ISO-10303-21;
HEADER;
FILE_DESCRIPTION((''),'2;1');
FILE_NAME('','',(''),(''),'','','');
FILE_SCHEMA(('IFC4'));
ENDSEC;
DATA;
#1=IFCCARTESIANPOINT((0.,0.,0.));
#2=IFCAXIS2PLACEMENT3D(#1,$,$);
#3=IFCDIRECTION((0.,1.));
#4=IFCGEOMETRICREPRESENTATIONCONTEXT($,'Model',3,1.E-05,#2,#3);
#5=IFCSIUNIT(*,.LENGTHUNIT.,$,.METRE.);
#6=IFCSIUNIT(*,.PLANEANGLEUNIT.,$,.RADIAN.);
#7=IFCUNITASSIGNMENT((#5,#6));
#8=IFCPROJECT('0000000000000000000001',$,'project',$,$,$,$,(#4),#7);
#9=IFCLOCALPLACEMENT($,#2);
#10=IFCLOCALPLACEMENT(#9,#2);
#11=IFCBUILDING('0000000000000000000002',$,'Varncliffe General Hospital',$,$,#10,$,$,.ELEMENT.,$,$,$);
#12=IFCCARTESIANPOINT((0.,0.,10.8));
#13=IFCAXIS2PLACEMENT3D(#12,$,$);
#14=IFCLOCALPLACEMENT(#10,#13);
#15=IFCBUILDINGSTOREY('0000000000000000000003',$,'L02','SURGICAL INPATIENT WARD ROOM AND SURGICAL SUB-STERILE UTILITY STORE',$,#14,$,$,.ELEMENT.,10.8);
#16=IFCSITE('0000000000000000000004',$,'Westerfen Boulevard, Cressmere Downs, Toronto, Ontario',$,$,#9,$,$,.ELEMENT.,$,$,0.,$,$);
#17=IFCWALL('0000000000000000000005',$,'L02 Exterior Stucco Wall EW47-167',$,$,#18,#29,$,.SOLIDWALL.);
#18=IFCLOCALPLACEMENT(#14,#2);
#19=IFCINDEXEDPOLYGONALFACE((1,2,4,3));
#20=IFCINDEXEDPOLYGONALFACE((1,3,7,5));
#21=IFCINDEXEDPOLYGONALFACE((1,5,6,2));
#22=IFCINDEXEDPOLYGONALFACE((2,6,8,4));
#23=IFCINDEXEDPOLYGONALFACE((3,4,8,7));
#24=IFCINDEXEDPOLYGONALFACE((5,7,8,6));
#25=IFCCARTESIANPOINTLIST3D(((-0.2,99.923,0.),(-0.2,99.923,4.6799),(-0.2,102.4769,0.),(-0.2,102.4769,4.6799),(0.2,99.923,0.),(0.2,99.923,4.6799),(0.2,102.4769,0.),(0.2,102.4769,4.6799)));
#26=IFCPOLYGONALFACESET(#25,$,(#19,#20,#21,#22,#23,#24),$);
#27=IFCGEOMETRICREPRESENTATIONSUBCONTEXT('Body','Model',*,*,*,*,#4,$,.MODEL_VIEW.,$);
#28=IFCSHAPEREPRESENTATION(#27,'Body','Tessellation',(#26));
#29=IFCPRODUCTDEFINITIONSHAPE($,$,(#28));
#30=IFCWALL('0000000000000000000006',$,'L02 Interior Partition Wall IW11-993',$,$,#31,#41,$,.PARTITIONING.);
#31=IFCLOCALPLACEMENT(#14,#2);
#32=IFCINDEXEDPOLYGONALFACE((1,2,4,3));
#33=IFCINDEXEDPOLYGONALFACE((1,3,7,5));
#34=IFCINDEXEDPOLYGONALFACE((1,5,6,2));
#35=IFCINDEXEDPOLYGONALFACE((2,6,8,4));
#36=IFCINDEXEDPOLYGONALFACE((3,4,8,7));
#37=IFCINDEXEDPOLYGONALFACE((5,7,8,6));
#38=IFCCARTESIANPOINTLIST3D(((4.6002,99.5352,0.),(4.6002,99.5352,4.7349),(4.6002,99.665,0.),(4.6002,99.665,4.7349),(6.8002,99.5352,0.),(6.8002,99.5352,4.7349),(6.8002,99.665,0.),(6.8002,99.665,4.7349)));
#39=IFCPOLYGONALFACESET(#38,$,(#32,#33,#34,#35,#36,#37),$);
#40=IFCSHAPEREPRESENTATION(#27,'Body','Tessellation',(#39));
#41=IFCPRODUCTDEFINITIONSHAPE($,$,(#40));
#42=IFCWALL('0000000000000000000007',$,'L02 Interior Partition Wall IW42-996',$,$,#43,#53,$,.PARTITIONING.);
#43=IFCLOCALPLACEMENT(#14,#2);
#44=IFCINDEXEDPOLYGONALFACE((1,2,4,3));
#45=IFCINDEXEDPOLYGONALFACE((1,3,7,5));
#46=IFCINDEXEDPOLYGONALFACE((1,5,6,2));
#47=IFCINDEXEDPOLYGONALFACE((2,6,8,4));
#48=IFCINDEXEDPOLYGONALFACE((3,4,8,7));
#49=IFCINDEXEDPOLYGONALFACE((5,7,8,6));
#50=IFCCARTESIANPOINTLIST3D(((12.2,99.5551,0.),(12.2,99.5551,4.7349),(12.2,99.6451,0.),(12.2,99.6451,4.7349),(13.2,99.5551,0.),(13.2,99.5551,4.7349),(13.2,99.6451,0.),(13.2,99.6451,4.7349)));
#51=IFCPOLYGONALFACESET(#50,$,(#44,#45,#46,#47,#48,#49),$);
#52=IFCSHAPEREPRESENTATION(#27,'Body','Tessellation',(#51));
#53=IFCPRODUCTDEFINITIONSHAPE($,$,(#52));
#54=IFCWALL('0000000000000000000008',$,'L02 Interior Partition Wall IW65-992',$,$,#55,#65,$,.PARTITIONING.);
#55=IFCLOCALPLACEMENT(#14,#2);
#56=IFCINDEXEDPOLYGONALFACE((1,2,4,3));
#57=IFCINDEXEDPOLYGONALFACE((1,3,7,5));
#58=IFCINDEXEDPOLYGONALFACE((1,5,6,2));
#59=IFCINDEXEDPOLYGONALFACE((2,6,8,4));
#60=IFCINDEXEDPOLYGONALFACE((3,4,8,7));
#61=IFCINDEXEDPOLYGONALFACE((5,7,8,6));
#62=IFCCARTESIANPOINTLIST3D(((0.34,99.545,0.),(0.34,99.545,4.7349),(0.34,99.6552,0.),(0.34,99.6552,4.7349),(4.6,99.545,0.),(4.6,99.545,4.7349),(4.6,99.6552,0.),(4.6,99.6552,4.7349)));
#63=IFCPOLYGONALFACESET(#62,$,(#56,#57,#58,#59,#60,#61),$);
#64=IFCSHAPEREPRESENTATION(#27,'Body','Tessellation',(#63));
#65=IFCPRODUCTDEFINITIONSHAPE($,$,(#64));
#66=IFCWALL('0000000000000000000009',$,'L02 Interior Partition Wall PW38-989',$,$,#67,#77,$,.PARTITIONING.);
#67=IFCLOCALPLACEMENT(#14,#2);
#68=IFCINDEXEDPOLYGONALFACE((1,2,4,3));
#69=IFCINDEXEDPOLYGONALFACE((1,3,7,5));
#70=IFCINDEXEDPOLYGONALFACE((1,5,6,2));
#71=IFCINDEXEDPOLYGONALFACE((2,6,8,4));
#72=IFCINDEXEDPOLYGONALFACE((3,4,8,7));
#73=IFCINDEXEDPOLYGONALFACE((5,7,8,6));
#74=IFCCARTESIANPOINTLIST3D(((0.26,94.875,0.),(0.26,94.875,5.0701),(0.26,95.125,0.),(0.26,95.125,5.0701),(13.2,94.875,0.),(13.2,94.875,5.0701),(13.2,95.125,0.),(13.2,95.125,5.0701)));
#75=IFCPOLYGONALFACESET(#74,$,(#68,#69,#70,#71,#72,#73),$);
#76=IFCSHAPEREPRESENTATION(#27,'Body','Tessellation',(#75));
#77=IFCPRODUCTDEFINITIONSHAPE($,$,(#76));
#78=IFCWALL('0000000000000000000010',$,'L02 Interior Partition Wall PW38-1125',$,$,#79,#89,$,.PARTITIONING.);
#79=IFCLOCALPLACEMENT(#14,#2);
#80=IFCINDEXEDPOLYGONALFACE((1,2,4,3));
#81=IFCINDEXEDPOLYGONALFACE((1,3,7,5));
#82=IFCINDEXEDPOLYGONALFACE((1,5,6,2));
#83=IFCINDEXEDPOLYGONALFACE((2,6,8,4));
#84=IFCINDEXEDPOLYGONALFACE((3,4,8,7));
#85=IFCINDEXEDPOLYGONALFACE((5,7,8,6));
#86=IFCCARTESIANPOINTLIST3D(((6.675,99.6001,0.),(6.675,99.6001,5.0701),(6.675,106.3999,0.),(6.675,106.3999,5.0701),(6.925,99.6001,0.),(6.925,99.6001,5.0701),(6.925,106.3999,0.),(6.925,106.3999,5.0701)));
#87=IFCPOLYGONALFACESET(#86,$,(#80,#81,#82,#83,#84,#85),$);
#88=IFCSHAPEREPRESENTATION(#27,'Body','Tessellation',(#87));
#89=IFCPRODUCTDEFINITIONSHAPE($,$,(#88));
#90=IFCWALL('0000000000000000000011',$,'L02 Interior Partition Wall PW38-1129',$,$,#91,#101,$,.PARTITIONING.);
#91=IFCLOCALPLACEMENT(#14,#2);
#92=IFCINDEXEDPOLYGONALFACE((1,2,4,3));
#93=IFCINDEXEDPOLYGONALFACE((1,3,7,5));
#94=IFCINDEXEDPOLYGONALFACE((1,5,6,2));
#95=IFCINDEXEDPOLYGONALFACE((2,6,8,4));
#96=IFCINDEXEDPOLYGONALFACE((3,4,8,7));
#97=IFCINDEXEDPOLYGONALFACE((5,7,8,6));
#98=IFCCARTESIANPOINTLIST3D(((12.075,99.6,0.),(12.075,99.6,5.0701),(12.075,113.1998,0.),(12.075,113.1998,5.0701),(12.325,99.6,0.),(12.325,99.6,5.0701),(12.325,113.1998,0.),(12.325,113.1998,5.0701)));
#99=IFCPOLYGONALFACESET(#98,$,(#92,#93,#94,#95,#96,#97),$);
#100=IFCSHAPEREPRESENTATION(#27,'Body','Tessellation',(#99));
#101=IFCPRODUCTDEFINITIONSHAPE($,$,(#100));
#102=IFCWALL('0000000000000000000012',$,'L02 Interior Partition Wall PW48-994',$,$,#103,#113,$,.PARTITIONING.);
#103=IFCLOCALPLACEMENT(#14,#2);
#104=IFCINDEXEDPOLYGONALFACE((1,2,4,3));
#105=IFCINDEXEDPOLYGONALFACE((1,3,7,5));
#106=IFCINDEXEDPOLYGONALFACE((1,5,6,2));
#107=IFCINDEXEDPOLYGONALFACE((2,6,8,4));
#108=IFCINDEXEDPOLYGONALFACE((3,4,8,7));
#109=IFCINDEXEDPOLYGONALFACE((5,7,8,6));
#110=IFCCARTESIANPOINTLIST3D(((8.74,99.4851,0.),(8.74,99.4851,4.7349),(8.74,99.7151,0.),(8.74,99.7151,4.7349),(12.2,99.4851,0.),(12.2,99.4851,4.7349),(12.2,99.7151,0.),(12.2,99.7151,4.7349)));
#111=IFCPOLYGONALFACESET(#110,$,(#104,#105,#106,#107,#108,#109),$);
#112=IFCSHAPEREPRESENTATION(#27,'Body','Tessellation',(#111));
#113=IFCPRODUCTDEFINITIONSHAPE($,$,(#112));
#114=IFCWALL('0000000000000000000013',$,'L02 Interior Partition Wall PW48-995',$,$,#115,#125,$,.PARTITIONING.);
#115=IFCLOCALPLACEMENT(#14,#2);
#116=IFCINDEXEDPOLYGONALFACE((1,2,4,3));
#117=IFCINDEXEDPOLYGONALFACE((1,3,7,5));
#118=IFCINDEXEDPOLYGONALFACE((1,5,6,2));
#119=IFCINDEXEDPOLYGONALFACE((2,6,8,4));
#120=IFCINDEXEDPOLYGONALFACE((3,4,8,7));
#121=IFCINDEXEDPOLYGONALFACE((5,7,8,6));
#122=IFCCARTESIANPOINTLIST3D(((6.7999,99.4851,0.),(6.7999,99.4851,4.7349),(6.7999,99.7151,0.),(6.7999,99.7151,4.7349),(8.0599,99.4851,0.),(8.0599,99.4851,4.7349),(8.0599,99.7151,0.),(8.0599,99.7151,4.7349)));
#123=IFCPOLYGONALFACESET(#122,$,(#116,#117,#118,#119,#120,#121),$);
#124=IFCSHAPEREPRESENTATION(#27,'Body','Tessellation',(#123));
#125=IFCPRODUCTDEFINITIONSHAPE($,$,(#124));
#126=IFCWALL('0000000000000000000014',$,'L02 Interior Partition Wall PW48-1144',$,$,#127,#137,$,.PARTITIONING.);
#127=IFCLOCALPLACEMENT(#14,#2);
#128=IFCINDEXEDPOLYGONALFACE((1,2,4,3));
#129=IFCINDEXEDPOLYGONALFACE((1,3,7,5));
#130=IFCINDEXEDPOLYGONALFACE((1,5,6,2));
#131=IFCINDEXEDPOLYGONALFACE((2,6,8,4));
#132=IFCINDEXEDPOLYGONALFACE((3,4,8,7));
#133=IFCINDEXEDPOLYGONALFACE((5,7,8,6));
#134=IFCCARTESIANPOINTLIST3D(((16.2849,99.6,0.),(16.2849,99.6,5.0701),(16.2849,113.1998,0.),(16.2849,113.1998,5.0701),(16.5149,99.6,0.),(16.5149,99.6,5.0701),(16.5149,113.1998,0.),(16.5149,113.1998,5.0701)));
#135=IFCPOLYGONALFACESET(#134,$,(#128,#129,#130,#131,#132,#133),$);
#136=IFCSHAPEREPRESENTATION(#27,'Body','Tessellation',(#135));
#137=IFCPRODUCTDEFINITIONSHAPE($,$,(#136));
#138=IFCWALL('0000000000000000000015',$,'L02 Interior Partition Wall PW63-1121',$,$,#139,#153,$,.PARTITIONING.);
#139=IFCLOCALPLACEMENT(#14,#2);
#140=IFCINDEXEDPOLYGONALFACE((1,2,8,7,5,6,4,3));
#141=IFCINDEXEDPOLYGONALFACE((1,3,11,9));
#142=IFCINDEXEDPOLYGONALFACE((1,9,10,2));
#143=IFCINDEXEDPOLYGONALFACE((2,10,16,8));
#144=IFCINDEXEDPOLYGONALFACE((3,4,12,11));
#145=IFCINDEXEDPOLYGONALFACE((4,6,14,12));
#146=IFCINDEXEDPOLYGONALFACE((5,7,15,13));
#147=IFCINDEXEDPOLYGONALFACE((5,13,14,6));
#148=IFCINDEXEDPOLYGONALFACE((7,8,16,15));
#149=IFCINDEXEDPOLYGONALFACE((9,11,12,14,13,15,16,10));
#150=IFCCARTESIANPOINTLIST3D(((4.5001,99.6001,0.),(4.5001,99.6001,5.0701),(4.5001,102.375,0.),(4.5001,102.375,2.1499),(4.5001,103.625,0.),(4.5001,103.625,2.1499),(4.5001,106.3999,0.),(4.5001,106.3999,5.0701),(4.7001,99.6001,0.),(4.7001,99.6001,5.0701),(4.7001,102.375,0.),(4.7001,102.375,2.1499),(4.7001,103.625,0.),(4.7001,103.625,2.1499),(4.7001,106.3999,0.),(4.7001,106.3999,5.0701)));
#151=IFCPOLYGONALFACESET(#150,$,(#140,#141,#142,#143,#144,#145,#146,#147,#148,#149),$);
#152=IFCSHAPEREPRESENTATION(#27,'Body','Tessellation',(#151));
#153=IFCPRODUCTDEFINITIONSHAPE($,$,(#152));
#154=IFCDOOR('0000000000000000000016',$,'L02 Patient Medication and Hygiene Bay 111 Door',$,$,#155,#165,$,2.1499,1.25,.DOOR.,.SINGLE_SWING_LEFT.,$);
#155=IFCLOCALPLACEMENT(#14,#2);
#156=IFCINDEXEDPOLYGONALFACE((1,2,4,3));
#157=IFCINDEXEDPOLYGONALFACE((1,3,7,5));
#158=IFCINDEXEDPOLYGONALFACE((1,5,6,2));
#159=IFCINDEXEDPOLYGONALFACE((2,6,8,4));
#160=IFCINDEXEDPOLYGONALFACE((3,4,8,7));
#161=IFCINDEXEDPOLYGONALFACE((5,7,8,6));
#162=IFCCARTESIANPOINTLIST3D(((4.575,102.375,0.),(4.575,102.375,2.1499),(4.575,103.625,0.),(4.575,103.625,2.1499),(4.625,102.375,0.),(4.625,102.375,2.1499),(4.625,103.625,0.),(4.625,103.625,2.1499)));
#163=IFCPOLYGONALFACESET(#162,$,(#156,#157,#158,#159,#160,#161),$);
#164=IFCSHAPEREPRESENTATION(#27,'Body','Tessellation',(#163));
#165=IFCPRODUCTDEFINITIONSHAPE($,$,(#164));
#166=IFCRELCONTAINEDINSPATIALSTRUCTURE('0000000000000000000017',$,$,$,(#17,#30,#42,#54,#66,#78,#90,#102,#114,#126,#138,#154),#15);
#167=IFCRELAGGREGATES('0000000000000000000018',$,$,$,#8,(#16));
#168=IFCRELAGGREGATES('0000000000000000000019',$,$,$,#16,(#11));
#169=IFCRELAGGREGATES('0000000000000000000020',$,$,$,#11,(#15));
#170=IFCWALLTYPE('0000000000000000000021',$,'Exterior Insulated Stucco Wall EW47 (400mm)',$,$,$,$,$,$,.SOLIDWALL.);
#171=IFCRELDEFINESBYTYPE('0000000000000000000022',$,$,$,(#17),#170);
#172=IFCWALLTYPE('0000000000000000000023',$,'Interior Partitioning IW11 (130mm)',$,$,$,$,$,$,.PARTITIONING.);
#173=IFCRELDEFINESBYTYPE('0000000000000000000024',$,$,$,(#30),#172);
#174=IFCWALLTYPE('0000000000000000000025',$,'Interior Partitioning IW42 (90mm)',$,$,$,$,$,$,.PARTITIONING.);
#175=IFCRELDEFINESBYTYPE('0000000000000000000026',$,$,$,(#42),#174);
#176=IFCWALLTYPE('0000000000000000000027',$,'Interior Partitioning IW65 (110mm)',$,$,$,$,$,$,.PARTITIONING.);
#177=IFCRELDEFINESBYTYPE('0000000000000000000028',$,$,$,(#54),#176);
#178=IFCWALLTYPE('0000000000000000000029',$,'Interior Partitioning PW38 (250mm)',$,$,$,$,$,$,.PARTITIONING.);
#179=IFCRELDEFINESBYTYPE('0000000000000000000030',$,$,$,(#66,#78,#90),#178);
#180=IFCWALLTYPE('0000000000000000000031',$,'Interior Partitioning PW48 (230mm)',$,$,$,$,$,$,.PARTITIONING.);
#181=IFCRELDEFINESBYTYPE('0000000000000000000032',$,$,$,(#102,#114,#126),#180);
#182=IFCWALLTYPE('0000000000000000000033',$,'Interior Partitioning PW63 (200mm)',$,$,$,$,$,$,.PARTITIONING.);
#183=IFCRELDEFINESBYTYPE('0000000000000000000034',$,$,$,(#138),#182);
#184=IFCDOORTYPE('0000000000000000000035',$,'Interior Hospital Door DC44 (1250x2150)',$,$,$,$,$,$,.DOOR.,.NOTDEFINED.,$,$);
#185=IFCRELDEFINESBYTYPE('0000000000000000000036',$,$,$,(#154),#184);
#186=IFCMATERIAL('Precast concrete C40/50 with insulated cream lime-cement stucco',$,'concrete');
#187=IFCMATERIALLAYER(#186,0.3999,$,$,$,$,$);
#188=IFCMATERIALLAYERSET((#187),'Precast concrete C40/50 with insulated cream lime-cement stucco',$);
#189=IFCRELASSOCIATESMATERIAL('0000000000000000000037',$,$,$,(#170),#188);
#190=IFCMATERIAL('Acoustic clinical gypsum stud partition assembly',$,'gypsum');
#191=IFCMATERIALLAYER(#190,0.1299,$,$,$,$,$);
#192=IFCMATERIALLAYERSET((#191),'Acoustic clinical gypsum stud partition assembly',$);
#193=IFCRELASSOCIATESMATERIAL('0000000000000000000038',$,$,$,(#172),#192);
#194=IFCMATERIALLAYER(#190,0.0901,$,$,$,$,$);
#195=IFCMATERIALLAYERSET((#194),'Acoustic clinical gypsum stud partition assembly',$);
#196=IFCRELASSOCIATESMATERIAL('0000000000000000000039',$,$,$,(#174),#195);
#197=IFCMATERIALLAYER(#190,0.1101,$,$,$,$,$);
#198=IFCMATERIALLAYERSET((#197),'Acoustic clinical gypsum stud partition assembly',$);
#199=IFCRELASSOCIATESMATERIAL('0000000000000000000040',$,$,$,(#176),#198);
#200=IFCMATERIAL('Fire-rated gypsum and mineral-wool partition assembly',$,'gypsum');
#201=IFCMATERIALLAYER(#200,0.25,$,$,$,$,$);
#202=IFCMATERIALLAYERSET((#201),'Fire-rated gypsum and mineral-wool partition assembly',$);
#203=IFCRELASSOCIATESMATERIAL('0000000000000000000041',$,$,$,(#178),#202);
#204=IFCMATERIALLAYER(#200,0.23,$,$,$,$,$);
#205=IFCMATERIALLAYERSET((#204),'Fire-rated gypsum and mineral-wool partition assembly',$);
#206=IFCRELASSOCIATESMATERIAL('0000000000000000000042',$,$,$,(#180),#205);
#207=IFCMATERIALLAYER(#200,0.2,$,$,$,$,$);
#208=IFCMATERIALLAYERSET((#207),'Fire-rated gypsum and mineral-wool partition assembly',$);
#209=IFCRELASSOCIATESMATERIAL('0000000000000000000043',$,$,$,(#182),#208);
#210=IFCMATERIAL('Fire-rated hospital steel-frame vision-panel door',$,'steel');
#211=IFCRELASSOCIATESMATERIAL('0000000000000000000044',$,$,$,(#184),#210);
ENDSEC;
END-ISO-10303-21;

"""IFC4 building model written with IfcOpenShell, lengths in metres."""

from ifc_helpers import new_model, si_unit, direction, frame, frame_2d, origin, place, context, subcontext, project, spatial, rectangle, extrude, material, layer, layer_set, type_object, element, fill, save


model = new_model("IFC4")

# Units and contexts
model_context = context("Model", 3, precision=1e-05, world=origin(), true_north=direction((0.0, 1.0)))
body_context = subcontext(model_context, "Body", "Model", "MODEL_VIEW")
ifc_project = project(units=[si_unit("LENGTHUNIT", "METRE"), si_unit("PLANEANGLEUNIT", "RADIAN")], contexts=[model_context])

# Site, building, storey
site_placement = place(None, origin())
site = spatial("IfcSite", under=ifc_project, at=site_placement, Name="Westerfen Boulevard, Cressmere Downs, Toronto, Ontario", CompositionType="ELEMENT", RefElevation=0.0)
building_placement = place(site_placement, origin())
building = spatial("IfcBuilding", under=site, at=building_placement, Name="Varncliffe General Hospital", CompositionType="ELEMENT")
storey_placement = place(building_placement, frame((0.0, 0.0, 10.8)))
storey = spatial("IfcBuildingStorey", under=building, at=storey_placement, Name="L02", Description="SURGICAL INPATIENT WARD ROOM AND SURGICAL SUB-STERILE UTILITY STORE", CompositionType="ELEMENT", Elevation=10.8)

# Walls
ifc_material_1 = material(Name="Precast concrete C40/50 with insulated cream lime-cement stucco", Category="concrete")
ifc_layer_1 = layer(ifc_material_1, 0.3999)
ifc_layer_set_1 = layer_set([ifc_layer_1], Name="Precast concrete C40/50 with insulated cream lime-cement stucco")
wall_type_1 = type_object("IfcWallType", Name="Exterior Insulated Stucco Wall EW47 (400mm)", PredefinedType="SOLIDWALL", material=ifc_layer_set_1)
wall_1_placement = place(storey_placement, frame((0.0, 99.9231, 0.0), z_axis=(0.0, 0.0, 1.0), x_axis=(0.0, 1.0, 0.0)))
element("IfcWall", 1, at=wall_1_placement, inside=storey, type_object=wall_type_1, Name="L02 Exterior Stucco Wall EW47-167", PredefinedType="SOLIDWALL", context=body_context, shape_type="SweptSolid", body=[
    extrude(rectangle(XDim=2.554, YDim=0.3999, at=frame_2d((1.2769, 0.0))), origin(), (0.0, 0.0, 1.0), 4.6799),
])
ifc_material_2 = material(Name="Acoustic clinical gypsum stud partition assembly", Category="gypsum")
ifc_layer_2 = layer(ifc_material_2, 0.1299)
ifc_layer_set_2 = layer_set([ifc_layer_2], Name="Acoustic clinical gypsum stud partition assembly")
wall_type_2 = type_object("IfcWallType", Name="Interior Partitioning IW11 (130mm)", PredefinedType="PARTITIONING", material=ifc_layer_set_2)
wall_2_placement = place(storey_placement, frame((4.6001, 99.6001, 0.0), z_axis=(0.0, 0.0, 1.0), x_axis=(1.0, 0.0, 0.0)))
element("IfcWall", 2, at=wall_2_placement, inside=storey, type_object=wall_type_2, Name="L02 Interior Partition Wall IW11-993", PredefinedType="PARTITIONING", context=body_context, shape_type="SweptSolid", body=[
    extrude(rectangle(XDim=2.2, YDim=0.1299, at=frame_2d((1.1001, 0.0))), origin(), (0.0, 0.0, 1.0), 4.7349),
])
ifc_layer_3 = layer(ifc_material_2, 0.0901)
ifc_layer_set_3 = layer_set([ifc_layer_3], Name="Acoustic clinical gypsum stud partition assembly")
wall_type_3 = type_object("IfcWallType", Name="Interior Partitioning IW42 (90mm)", PredefinedType="PARTITIONING", material=ifc_layer_set_3)
wall_3_placement = place(storey_placement, frame((12.2, 99.6001, 0.0), z_axis=(0.0, 0.0, 1.0), x_axis=(1.0, 0.0, 0.0)))
element("IfcWall", 3, at=wall_3_placement, inside=storey, type_object=wall_type_3, Name="L02 Interior Partition Wall IW42-996", PredefinedType="PARTITIONING", context=body_context, shape_type="SweptSolid", body=[
    extrude(rectangle(XDim=1.0, YDim=0.0901, at=frame_2d((0.5, 0.0))), origin(), (0.0, 0.0, 1.0), 4.7349),
])
ifc_layer_4 = layer(ifc_material_2, 0.1101)
ifc_layer_set_4 = layer_set([ifc_layer_4], Name="Acoustic clinical gypsum stud partition assembly")
wall_type_4 = type_object("IfcWallType", Name="Interior Partitioning IW65 (110mm)", PredefinedType="PARTITIONING", material=ifc_layer_set_4)
wall_4_placement = place(storey_placement, frame((0.3401, 99.6001, 0.0), z_axis=(0.0, 0.0, 1.0), x_axis=(1.0, 0.0, 0.0)))
element("IfcWall", 4, at=wall_4_placement, inside=storey, type_object=wall_type_4, Name="L02 Interior Partition Wall IW65-992", PredefinedType="PARTITIONING", context=body_context, shape_type="SweptSolid", body=[
    extrude(rectangle(XDim=4.26, YDim=0.1101, at=frame_2d((2.1299, 0.0))), origin(), (0.0, 0.0, 1.0), 4.7349),
])
ifc_material_3 = material(Name="Fire-rated gypsum and mineral-wool partition assembly", Category="gypsum")
ifc_layer_5 = layer(ifc_material_3, 0.25)
ifc_layer_set_5 = layer_set([ifc_layer_5], Name="Fire-rated gypsum and mineral-wool partition assembly")
wall_type_5 = type_object("IfcWallType", Name="Interior Partitioning PW38 (250mm)", PredefinedType="PARTITIONING", material=ifc_layer_set_5)
wall_5_placement = place(storey_placement, frame((0.26, 95.0, 0.0), z_axis=(0.0, 0.0, 1.0), x_axis=(1.0, 0.0, 0.0)))
element("IfcWall", 5, at=wall_5_placement, inside=storey, type_object=wall_type_5, Name="L02 Interior Partition Wall PW38-989", PredefinedType="PARTITIONING", context=body_context, shape_type="SweptSolid", body=[
    extrude(rectangle(XDim=12.9399, YDim=0.25, at=frame_2d((6.47, 0.0))), origin(), (0.0, 0.0, 1.0), 5.0701),
])
wall_6_placement = place(storey_placement, frame((6.8, 99.6001, 0.0), z_axis=(0.0, 0.0, 1.0), x_axis=(0.0, 1.0, 0.0)))
element("IfcWall", 6, at=wall_6_placement, inside=storey, type_object=wall_type_5, Name="L02 Interior Partition Wall PW38-1125", PredefinedType="PARTITIONING", context=body_context, shape_type="SweptSolid", body=[
    extrude(rectangle(XDim=6.7998, YDim=0.25, at=frame_2d((3.3999, 0.0))), origin(), (0.0, 0.0, 1.0), 5.0701),
])
wall_7_placement = place(storey_placement, frame((12.2, 99.6001, 0.0), z_axis=(0.0, 0.0, 1.0), x_axis=(0.0, 1.0, 0.0)))
element("IfcWall", 7, at=wall_7_placement, inside=storey, type_object=wall_type_5, Name="L02 Interior Partition Wall PW38-1129", PredefinedType="PARTITIONING", context=body_context, shape_type="SweptSolid", body=[
    extrude(rectangle(XDim=13.5999, YDim=0.25, at=frame_2d((6.7998, 0.0))), origin(), (0.0, 0.0, 1.0), 5.0701),
])
ifc_layer_6 = layer(ifc_material_3, 0.23)
ifc_layer_set_6 = layer_set([ifc_layer_6], Name="Fire-rated gypsum and mineral-wool partition assembly")
wall_type_6 = type_object("IfcWallType", Name="Interior Partitioning PW48 (230mm)", PredefinedType="PARTITIONING", material=ifc_layer_set_6)
wall_8_placement = place(storey_placement, frame((8.74, 99.6001, 0.0), z_axis=(0.0, 0.0, 1.0), x_axis=(1.0, 0.0, 0.0)))
element("IfcWall", 8, at=wall_8_placement, inside=storey, type_object=wall_type_6, Name="L02 Interior Partition Wall PW48-994", PredefinedType="PARTITIONING", context=body_context, shape_type="SweptSolid", body=[
    extrude(rectangle(XDim=3.46, YDim=0.23, at=frame_2d((1.73, 0.0))), origin(), (0.0, 0.0, 1.0), 4.7349),
])
wall_9_placement = place(storey_placement, frame((6.8, 99.6001, 0.0), z_axis=(0.0, 0.0, 1.0), x_axis=(1.0, 0.0, 0.0)))
element("IfcWall", 9, at=wall_9_placement, inside=storey, type_object=wall_type_6, Name="L02 Interior Partition Wall PW48-995", PredefinedType="PARTITIONING", context=body_context, shape_type="SweptSolid", body=[
    extrude(rectangle(XDim=1.26, YDim=0.23, at=frame_2d((0.6299, 0.0))), origin(), (0.0, 0.0, 1.0), 4.7349),
])
wall_10_placement = place(storey_placement, frame((16.3999, 99.6001, 0.0), z_axis=(0.0, 0.0, 1.0), x_axis=(0.0, 1.0, 0.0)))
element("IfcWall", 10, at=wall_10_placement, inside=storey, type_object=wall_type_6, Name="L02 Interior Partition Wall PW48-1144", PredefinedType="PARTITIONING", context=body_context, shape_type="SweptSolid", body=[
    extrude(rectangle(XDim=13.5999, YDim=0.23, at=frame_2d((6.7998, 0.0))), origin(), (0.0, 0.0, 1.0), 5.0701),
])

# Wall, opening, door
ifc_layer_7 = layer(ifc_material_3, 0.2)
ifc_layer_set_7 = layer_set([ifc_layer_7], Name="Fire-rated gypsum and mineral-wool partition assembly")
wall_type_7 = type_object("IfcWallType", Name="Interior Partitioning PW63 (200mm)", PredefinedType="PARTITIONING", material=ifc_layer_set_7)
wall_11_placement = place(storey_placement, frame((4.6001, 99.6001, 0.0), z_axis=(0.0, 0.0, 1.0), x_axis=(0.0, 1.0, 0.0)))
wall_11 = element("IfcWall", 11, at=wall_11_placement, inside=storey, type_object=wall_type_7, Name="L02 Interior Partition Wall PW63-1121", PredefinedType="PARTITIONING", context=body_context, shape_type="SweptSolid", body=[
    extrude(rectangle(XDim=6.7998, YDim=0.2, at=frame_2d((3.3999, 0.0))), origin(), (0.0, 0.0, 1.0), 5.0701),
])
opening_1_placement = place(wall_11_placement, frame((2.7749, 0.0, 0.0)))
opening_1 = element("IfcOpeningElement", 12, at=opening_1_placement, cuts=wall_11, PredefinedType="OPENING", context=body_context, shape_type="SweptSolid", body=[
    extrude(rectangle(XDim=1.25, YDim=2.1499, at=frame_2d((0.625, 1.075))), frame((0.0, 0.1099, 0.0), z_axis=(0.0, -1.0, 0.0), x_axis=(1.0, 0.0, 0.0)), (0.0, 0.0, 1.0), 0.22),
])
ifc_material_4 = material(Name="Fire-rated hospital steel-frame vision-panel door", Category="steel")
door_type_1 = type_object("IfcDoorType", Name="Interior Hospital Door DC44 (1250x2150)", OperationType="NOTDEFINED", PredefinedType="DOOR", material=ifc_material_4)
door_1_placement = place(opening_1_placement, frame((1.25, 0.0, 0.0), z_axis=(0.0, 0.0, 1.0), x_axis=(-1.0, 0.0, 0.0)))
door_1 = element("IfcDoor", 13, at=door_1_placement, inside=storey, type_object=door_type_1, Name="L02 Patient Medication and Hygiene Bay 111 Door", OperationType="SINGLE_SWING_LEFT", OverallHeight=2.1499, OverallWidth=1.25, PredefinedType="DOOR", context=body_context, shape_type="SweptSolid", body=[
    extrude(rectangle(XDim=1.25, YDim=2.1499, at=frame_2d((0.625, 1.075))), frame((0.0, 0.0249, 0.0), z_axis=(0.0, -1.0, 0.0), x_axis=(1.0, 0.0, 0.0)), (0.0, 0.0, 1.0), 0.05),
])
fill(opening_1, door_1)

save(model, "model.ifc")
